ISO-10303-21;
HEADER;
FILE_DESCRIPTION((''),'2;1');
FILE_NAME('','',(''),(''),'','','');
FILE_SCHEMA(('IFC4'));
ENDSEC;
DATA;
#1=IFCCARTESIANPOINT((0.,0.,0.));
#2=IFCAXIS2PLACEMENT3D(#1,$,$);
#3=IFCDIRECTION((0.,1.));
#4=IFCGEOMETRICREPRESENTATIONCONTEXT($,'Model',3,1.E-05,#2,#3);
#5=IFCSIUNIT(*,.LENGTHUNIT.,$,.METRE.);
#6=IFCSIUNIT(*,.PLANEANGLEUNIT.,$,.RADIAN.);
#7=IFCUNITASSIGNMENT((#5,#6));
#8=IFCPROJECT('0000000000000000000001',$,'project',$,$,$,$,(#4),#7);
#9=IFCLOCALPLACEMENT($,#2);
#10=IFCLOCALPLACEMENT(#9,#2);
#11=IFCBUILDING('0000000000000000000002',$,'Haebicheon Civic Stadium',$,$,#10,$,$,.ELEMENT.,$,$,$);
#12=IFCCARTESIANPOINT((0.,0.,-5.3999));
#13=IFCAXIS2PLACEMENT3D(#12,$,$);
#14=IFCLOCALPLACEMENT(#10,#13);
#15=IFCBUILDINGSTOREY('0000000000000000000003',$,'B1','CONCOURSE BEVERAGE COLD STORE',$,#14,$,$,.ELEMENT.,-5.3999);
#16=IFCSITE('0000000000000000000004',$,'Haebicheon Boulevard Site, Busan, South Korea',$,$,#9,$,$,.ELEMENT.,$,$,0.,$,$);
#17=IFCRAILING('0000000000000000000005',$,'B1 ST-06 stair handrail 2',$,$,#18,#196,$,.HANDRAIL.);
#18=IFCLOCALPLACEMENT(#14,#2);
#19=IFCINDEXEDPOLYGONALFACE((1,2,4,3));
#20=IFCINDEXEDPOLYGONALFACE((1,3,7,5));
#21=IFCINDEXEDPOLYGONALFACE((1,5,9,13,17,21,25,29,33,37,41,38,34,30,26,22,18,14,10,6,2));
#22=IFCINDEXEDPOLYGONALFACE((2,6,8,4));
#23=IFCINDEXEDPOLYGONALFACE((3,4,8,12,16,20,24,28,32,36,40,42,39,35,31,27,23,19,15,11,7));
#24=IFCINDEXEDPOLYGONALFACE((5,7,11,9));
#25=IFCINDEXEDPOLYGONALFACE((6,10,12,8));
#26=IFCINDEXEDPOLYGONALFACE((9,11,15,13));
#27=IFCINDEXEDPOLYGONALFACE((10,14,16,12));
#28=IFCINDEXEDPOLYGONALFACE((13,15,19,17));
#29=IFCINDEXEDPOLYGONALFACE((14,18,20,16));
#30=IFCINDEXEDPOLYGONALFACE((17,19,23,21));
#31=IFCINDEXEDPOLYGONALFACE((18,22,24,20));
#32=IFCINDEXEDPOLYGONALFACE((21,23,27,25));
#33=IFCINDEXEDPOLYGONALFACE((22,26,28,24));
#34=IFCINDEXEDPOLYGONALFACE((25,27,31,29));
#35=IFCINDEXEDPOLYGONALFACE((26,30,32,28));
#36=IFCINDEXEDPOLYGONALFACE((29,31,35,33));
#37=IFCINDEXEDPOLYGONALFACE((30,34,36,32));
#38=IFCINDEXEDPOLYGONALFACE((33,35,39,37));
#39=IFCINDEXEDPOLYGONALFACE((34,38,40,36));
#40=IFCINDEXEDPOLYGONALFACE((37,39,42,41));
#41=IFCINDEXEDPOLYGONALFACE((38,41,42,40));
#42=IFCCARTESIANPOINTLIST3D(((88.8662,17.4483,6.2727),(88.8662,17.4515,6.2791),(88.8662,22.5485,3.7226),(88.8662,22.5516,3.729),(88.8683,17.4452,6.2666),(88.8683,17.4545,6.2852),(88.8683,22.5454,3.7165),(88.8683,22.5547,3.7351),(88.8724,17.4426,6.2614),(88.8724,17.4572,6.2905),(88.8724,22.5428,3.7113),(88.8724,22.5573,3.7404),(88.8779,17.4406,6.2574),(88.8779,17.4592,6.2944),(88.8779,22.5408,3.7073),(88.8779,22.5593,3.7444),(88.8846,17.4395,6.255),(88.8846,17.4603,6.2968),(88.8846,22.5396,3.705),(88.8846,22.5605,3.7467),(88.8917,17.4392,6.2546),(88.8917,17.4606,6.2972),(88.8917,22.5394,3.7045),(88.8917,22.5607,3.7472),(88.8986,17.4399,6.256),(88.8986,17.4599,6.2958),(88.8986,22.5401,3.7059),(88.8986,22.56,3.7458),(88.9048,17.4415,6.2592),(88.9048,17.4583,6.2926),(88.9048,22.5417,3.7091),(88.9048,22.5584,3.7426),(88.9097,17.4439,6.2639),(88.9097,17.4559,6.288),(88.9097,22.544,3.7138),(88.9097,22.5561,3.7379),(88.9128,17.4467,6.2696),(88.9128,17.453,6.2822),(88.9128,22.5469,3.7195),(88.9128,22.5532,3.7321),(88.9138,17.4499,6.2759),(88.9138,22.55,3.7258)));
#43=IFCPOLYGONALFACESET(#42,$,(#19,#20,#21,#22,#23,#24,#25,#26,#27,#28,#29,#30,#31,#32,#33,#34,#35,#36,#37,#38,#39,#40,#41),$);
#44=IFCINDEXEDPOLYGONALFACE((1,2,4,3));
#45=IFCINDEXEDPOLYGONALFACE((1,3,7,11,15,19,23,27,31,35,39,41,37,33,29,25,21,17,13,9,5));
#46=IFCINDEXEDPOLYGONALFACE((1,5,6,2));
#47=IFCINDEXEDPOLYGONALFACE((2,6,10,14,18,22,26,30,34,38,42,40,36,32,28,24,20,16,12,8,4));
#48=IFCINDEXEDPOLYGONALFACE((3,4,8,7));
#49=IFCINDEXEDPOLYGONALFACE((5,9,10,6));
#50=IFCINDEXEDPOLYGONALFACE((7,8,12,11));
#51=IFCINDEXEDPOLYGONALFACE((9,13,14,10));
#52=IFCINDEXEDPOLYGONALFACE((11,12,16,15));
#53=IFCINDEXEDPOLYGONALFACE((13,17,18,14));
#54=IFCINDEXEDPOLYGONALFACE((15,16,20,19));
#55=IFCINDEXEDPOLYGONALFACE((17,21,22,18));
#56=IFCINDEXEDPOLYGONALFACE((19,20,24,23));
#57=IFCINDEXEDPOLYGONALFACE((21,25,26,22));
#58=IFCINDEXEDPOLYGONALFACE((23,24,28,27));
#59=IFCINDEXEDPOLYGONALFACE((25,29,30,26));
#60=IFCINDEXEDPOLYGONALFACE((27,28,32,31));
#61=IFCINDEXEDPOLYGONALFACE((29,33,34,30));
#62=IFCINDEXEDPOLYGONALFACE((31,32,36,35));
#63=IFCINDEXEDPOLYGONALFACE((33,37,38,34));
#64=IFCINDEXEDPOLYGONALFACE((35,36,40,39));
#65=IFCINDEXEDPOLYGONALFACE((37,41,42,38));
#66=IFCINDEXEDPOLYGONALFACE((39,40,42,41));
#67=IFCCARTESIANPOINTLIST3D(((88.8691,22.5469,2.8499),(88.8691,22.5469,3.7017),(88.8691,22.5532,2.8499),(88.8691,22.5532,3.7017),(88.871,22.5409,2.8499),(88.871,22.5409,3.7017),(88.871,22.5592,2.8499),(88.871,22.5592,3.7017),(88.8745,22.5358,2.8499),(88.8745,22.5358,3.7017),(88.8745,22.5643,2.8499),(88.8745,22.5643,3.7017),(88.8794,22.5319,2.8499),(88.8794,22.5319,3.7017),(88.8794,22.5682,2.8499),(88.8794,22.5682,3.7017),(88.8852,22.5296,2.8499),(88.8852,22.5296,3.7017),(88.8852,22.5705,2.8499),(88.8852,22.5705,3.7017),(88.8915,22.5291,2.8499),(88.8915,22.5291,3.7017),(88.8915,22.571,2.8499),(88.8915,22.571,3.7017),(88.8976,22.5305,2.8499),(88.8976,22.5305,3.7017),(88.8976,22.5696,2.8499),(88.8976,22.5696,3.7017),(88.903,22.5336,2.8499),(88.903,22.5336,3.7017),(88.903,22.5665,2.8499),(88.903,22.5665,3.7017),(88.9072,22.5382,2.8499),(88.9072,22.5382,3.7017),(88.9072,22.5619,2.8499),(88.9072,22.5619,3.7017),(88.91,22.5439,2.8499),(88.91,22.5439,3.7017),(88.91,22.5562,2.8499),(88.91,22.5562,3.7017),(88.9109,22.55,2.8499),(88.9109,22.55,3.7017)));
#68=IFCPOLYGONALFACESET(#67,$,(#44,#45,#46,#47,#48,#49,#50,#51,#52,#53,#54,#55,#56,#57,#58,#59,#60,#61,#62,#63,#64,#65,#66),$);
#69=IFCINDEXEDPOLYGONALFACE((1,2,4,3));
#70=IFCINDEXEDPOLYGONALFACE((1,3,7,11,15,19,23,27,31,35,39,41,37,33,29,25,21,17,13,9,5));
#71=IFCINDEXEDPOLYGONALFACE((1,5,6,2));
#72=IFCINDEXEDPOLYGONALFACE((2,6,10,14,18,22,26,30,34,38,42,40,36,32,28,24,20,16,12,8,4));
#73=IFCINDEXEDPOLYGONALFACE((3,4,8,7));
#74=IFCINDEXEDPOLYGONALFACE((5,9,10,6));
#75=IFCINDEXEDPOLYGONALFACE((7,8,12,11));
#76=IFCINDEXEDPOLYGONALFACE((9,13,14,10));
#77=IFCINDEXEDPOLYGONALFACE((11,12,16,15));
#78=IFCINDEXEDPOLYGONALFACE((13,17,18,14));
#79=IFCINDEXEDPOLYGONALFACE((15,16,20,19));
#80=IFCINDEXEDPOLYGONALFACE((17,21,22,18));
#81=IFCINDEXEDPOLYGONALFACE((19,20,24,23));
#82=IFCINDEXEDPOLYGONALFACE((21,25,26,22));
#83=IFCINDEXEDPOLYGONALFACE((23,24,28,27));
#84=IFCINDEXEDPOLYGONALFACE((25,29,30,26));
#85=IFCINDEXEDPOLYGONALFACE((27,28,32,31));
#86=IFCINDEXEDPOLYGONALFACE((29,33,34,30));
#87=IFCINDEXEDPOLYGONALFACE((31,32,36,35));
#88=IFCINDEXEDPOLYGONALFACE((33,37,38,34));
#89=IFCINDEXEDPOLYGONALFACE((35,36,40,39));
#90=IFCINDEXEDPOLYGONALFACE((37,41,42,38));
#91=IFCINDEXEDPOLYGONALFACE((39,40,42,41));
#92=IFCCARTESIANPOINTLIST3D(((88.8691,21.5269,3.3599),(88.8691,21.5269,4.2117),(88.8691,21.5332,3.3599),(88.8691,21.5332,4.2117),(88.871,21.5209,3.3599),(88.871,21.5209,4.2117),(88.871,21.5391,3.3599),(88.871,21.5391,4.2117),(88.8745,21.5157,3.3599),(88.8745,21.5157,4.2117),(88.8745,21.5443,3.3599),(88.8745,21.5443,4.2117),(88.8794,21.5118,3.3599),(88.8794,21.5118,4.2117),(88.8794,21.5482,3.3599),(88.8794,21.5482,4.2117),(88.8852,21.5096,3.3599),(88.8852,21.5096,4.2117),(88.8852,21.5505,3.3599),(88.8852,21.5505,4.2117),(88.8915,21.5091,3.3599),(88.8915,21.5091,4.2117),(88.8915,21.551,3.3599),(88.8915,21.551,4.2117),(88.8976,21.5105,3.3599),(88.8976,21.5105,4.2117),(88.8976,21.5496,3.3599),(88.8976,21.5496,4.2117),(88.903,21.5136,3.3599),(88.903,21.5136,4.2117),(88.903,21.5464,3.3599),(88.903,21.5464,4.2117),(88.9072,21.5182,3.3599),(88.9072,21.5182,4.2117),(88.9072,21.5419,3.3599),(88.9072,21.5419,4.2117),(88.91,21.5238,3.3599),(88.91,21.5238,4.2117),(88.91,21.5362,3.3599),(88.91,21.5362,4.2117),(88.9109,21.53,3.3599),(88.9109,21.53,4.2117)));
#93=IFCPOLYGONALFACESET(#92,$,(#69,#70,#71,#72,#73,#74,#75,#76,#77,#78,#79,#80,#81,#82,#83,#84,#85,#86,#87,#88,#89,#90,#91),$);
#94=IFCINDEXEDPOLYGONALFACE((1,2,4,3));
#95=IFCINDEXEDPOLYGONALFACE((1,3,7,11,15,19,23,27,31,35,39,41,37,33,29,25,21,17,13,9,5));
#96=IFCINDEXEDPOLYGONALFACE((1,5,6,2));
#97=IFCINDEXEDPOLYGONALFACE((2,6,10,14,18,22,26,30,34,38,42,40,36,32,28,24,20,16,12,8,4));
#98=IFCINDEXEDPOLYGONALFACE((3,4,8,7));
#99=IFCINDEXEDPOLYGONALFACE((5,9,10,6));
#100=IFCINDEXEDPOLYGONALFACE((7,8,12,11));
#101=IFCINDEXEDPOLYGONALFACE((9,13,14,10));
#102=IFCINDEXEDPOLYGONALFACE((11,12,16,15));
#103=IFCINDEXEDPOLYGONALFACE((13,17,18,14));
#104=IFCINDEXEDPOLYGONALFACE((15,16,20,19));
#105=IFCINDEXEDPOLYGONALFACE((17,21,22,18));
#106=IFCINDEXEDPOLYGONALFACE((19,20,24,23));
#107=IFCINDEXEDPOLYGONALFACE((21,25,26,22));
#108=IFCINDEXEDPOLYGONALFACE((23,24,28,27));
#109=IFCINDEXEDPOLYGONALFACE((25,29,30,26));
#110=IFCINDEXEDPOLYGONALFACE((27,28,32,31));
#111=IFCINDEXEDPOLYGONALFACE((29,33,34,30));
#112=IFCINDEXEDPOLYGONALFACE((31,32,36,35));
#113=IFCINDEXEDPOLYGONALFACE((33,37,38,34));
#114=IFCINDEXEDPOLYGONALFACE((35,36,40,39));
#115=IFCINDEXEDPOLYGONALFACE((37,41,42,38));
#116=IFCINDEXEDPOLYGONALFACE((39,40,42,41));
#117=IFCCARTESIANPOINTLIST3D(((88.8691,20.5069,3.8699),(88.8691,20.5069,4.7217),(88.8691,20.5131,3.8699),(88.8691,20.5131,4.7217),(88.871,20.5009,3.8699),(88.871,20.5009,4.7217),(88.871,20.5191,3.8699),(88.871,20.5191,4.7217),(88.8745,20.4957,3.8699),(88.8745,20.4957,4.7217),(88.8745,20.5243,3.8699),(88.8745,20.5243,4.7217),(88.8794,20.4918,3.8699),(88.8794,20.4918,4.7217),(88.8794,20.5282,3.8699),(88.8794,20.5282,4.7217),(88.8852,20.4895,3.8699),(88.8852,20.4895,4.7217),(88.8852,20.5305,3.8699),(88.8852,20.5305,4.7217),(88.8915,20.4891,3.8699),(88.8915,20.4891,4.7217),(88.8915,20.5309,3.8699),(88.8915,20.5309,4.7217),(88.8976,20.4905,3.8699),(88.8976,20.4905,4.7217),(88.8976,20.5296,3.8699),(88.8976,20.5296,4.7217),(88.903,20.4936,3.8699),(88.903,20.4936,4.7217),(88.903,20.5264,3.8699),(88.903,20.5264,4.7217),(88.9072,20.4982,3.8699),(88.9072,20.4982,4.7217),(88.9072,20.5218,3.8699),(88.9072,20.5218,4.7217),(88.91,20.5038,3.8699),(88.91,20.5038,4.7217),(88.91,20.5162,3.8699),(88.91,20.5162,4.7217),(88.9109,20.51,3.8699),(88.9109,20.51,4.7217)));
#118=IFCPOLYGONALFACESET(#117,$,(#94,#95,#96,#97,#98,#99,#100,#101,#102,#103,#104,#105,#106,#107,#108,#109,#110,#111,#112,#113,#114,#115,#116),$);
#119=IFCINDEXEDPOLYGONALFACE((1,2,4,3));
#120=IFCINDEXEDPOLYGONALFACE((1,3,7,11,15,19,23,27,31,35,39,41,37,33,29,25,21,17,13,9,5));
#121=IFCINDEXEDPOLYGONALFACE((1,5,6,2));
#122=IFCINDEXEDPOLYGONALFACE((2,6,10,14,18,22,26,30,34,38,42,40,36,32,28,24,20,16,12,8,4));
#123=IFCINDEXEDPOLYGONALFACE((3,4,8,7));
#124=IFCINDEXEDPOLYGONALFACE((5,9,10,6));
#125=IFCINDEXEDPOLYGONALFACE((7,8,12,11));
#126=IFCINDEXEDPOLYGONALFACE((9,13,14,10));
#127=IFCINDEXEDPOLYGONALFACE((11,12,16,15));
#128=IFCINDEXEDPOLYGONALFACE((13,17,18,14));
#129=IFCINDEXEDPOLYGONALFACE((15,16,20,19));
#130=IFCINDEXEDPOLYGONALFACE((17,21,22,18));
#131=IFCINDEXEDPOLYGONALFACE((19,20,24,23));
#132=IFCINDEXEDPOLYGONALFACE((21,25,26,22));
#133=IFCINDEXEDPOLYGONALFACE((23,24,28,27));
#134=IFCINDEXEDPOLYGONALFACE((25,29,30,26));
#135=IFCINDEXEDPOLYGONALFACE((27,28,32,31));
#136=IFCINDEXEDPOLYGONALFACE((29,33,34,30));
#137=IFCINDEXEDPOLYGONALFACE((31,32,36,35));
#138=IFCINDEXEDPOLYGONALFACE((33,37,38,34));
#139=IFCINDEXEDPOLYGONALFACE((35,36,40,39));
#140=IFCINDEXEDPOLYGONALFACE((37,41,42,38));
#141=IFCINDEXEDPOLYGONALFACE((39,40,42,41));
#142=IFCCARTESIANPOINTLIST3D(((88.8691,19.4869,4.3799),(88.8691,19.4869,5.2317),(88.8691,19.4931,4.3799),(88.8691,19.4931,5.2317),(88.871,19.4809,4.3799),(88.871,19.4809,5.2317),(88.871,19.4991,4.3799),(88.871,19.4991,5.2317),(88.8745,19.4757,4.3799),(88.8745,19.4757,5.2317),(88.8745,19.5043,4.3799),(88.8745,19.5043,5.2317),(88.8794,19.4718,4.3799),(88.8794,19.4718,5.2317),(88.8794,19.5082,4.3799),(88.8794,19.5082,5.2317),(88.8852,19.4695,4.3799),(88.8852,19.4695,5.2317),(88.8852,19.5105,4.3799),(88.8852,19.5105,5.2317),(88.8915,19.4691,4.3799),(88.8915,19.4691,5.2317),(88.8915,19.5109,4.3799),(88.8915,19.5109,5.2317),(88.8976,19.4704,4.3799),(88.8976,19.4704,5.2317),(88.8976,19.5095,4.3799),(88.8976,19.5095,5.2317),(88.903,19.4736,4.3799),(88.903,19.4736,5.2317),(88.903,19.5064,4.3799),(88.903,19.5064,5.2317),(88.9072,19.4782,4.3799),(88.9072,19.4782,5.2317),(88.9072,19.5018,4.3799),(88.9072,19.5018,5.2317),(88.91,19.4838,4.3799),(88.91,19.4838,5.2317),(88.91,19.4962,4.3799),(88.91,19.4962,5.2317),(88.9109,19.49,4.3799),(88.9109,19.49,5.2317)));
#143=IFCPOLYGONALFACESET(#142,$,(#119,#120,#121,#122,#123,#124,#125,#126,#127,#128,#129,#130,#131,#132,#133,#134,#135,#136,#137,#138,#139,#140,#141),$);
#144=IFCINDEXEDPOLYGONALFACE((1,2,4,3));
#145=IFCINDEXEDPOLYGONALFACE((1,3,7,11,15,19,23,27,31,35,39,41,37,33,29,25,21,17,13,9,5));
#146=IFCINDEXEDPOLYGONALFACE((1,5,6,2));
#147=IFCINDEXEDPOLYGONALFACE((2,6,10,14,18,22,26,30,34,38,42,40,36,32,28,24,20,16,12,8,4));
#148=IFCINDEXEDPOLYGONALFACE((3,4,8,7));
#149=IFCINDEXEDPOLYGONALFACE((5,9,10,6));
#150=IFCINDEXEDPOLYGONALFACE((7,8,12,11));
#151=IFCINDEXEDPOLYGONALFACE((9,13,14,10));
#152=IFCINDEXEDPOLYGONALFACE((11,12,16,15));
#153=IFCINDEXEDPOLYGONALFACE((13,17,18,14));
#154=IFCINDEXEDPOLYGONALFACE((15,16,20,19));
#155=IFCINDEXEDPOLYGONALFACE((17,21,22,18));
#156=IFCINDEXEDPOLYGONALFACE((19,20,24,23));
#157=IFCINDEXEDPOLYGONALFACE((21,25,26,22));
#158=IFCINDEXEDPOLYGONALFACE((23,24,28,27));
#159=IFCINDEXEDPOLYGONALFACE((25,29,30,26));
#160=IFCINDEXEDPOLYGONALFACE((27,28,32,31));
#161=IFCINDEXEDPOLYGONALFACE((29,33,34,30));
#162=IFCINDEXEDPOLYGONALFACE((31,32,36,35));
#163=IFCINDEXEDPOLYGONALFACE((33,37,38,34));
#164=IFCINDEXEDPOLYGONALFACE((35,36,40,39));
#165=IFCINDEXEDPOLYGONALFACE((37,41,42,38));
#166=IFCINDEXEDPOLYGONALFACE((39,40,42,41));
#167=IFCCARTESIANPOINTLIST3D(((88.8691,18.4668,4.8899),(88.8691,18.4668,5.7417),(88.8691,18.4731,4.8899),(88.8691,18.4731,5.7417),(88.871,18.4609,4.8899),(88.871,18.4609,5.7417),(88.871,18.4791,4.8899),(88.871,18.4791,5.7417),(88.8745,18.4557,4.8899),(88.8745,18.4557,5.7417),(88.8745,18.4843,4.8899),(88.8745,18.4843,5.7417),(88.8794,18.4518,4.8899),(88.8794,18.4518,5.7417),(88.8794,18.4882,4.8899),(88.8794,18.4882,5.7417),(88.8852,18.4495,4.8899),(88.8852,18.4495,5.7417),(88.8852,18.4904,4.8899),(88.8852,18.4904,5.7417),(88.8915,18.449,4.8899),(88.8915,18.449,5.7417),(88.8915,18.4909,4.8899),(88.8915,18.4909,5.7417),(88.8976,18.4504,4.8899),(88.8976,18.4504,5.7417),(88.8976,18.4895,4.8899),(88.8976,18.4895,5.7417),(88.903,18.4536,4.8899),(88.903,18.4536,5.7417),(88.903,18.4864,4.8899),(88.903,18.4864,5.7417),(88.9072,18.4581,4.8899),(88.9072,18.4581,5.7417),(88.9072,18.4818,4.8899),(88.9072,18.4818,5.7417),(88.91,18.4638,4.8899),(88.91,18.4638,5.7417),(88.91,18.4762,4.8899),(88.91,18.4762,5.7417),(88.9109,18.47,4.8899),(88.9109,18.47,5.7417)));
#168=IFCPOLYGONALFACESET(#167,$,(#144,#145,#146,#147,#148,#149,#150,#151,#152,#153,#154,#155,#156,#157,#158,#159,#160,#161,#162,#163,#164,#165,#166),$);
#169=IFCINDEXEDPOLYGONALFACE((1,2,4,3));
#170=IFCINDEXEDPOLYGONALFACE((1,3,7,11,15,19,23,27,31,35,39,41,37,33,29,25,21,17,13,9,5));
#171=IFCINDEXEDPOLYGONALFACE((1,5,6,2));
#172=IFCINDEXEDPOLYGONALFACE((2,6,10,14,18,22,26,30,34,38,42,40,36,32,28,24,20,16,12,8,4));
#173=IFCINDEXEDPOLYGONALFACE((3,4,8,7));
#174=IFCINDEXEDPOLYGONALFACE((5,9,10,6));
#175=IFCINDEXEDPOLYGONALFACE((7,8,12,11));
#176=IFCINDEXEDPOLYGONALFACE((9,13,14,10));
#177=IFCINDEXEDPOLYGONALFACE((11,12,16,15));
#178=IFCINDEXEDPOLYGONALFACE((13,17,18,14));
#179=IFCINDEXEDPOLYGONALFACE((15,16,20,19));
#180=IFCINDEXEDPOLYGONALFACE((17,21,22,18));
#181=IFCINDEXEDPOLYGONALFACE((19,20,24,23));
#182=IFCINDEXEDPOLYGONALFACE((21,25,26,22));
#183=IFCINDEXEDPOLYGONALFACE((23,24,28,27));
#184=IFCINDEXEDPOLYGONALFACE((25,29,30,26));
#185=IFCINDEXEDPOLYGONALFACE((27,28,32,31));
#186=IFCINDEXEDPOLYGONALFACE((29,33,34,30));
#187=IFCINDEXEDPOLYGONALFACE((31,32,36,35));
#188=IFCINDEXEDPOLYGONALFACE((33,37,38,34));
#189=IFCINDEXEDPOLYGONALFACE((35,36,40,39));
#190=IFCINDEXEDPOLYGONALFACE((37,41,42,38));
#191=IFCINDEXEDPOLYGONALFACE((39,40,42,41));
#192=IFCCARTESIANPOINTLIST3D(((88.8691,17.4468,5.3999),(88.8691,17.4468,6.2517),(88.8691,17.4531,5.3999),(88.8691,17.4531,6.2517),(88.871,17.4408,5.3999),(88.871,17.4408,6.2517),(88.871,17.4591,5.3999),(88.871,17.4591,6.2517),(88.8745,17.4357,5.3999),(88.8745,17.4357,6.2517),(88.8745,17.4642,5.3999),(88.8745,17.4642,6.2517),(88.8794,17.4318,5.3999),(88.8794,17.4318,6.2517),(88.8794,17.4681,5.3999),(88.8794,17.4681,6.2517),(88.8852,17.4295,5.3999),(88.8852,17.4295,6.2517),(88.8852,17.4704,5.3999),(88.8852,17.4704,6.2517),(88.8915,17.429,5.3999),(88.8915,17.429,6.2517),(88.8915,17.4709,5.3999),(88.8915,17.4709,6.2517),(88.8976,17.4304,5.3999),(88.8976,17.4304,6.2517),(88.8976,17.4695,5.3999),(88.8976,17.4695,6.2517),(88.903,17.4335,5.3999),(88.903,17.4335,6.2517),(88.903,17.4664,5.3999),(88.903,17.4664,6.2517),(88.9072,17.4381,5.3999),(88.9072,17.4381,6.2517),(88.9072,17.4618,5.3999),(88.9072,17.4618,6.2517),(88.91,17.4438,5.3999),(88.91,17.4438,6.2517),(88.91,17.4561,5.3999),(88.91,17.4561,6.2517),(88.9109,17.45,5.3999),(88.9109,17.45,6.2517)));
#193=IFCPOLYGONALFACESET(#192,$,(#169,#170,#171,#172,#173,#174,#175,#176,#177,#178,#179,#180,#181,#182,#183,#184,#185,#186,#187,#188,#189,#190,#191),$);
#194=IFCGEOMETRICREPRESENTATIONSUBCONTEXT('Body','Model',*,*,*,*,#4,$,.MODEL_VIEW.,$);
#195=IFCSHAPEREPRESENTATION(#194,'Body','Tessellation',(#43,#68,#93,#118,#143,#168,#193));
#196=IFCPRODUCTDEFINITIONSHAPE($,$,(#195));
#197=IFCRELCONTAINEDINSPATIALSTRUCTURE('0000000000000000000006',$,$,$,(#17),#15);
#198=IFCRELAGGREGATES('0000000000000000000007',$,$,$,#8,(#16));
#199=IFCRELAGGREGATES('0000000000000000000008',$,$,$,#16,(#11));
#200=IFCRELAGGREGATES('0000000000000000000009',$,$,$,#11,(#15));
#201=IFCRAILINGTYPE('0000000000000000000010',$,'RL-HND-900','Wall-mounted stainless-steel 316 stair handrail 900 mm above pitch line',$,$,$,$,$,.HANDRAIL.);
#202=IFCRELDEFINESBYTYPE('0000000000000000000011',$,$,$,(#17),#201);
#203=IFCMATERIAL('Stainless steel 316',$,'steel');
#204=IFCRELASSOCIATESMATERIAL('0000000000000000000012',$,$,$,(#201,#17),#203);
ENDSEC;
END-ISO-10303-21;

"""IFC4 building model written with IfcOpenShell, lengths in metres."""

from ifc_helpers import new_model, si_unit, direction, frame, origin, origin_2d, place, context, subcontext, project, spatial, circle, extrude, material, type_object, element, save


model = new_model("IFC4")

# Units and contexts
model_context = context("Model", 3, precision=1e-05, world=origin(), true_north=direction((0.0, 1.0)))
body_context = subcontext(model_context, "Body", "Model", "MODEL_VIEW")
ifc_project = project(units=[si_unit("LENGTHUNIT", "METRE"), si_unit("PLANEANGLEUNIT", "RADIAN")], contexts=[model_context])

# Site, building, storey
site_placement = place(None, origin())
site = spatial("IfcSite", under=ifc_project, at=site_placement, Name="Haebicheon Boulevard Site, Busan, South Korea", CompositionType="ELEMENT", RefElevation=0.0)
building_placement = place(site_placement, origin())
building = spatial("IfcBuilding", under=site, at=building_placement, Name="Haebicheon Civic Stadium", CompositionType="ELEMENT")
storey_placement = place(building_placement, frame((0.0, 0.0, -5.3999)))
storey = spatial("IfcBuildingStorey", under=building, at=storey_placement, Name="B1", Description="CONCOURSE BEVERAGE COLD STORE", CompositionType="ELEMENT", Elevation=-5.3999)

# Railing
ifc_material_1 = material(Name="Stainless steel 316", Category="steel")
railing_type_1 = type_object("IfcRailingType", Name="RL-HND-900", Description="Wall-mounted stainless-steel 316 stair handrail 900 mm above pitch line", PredefinedType="HANDRAIL", material=ifc_material_1)
railing_placement = place(storey_placement, frame((88.8899, 22.55, 2.8499)))
element("IfcRailing", 1, at=railing_placement, inside=storey, type_object=railing_type_1, material=ifc_material_1, Name="B1 ST-06 stair handrail 2", PredefinedType="HANDRAIL", context=body_context, shape_type="SweptSolid", body=[
    extrude(circle(Radius=0.0239, at=origin_2d()), frame((0.0, 0.0, 0.876), z_axis=(0.0, -0.894427, 0.447214), x_axis=(1.0, 0.0, 0.0)), (0.0, 0.0, 1.0), 5.7021),
    extrude(circle(Radius=0.021, at=origin_2d()), origin(), (0.0, 0.0, 1.0), 0.8518),
    extrude(circle(Radius=0.021, at=origin_2d()), frame((0.0, -1.02, 0.51)), (0.0, 0.0, 1.0), 0.8518),
    extrude(circle(Radius=0.021, at=origin_2d()), frame((0.0, -2.04, 1.02)), (0.0, 0.0, 1.0), 0.8518),
    extrude(circle(Radius=0.021, at=origin_2d()), frame((0.0, -3.0601, 1.53)), (0.0, 0.0, 1.0), 0.8518),
    extrude(circle(Radius=0.021, at=origin_2d()), frame((0.0, -4.0801, 2.04)), (0.0, 0.0, 1.0), 0.8518),
    extrude(circle(Radius=0.021, at=origin_2d()), frame((0.0, -5.1001, 2.55)), (0.0, 0.0, 1.0), 0.8518),
])

save(model, "model.ifc")
